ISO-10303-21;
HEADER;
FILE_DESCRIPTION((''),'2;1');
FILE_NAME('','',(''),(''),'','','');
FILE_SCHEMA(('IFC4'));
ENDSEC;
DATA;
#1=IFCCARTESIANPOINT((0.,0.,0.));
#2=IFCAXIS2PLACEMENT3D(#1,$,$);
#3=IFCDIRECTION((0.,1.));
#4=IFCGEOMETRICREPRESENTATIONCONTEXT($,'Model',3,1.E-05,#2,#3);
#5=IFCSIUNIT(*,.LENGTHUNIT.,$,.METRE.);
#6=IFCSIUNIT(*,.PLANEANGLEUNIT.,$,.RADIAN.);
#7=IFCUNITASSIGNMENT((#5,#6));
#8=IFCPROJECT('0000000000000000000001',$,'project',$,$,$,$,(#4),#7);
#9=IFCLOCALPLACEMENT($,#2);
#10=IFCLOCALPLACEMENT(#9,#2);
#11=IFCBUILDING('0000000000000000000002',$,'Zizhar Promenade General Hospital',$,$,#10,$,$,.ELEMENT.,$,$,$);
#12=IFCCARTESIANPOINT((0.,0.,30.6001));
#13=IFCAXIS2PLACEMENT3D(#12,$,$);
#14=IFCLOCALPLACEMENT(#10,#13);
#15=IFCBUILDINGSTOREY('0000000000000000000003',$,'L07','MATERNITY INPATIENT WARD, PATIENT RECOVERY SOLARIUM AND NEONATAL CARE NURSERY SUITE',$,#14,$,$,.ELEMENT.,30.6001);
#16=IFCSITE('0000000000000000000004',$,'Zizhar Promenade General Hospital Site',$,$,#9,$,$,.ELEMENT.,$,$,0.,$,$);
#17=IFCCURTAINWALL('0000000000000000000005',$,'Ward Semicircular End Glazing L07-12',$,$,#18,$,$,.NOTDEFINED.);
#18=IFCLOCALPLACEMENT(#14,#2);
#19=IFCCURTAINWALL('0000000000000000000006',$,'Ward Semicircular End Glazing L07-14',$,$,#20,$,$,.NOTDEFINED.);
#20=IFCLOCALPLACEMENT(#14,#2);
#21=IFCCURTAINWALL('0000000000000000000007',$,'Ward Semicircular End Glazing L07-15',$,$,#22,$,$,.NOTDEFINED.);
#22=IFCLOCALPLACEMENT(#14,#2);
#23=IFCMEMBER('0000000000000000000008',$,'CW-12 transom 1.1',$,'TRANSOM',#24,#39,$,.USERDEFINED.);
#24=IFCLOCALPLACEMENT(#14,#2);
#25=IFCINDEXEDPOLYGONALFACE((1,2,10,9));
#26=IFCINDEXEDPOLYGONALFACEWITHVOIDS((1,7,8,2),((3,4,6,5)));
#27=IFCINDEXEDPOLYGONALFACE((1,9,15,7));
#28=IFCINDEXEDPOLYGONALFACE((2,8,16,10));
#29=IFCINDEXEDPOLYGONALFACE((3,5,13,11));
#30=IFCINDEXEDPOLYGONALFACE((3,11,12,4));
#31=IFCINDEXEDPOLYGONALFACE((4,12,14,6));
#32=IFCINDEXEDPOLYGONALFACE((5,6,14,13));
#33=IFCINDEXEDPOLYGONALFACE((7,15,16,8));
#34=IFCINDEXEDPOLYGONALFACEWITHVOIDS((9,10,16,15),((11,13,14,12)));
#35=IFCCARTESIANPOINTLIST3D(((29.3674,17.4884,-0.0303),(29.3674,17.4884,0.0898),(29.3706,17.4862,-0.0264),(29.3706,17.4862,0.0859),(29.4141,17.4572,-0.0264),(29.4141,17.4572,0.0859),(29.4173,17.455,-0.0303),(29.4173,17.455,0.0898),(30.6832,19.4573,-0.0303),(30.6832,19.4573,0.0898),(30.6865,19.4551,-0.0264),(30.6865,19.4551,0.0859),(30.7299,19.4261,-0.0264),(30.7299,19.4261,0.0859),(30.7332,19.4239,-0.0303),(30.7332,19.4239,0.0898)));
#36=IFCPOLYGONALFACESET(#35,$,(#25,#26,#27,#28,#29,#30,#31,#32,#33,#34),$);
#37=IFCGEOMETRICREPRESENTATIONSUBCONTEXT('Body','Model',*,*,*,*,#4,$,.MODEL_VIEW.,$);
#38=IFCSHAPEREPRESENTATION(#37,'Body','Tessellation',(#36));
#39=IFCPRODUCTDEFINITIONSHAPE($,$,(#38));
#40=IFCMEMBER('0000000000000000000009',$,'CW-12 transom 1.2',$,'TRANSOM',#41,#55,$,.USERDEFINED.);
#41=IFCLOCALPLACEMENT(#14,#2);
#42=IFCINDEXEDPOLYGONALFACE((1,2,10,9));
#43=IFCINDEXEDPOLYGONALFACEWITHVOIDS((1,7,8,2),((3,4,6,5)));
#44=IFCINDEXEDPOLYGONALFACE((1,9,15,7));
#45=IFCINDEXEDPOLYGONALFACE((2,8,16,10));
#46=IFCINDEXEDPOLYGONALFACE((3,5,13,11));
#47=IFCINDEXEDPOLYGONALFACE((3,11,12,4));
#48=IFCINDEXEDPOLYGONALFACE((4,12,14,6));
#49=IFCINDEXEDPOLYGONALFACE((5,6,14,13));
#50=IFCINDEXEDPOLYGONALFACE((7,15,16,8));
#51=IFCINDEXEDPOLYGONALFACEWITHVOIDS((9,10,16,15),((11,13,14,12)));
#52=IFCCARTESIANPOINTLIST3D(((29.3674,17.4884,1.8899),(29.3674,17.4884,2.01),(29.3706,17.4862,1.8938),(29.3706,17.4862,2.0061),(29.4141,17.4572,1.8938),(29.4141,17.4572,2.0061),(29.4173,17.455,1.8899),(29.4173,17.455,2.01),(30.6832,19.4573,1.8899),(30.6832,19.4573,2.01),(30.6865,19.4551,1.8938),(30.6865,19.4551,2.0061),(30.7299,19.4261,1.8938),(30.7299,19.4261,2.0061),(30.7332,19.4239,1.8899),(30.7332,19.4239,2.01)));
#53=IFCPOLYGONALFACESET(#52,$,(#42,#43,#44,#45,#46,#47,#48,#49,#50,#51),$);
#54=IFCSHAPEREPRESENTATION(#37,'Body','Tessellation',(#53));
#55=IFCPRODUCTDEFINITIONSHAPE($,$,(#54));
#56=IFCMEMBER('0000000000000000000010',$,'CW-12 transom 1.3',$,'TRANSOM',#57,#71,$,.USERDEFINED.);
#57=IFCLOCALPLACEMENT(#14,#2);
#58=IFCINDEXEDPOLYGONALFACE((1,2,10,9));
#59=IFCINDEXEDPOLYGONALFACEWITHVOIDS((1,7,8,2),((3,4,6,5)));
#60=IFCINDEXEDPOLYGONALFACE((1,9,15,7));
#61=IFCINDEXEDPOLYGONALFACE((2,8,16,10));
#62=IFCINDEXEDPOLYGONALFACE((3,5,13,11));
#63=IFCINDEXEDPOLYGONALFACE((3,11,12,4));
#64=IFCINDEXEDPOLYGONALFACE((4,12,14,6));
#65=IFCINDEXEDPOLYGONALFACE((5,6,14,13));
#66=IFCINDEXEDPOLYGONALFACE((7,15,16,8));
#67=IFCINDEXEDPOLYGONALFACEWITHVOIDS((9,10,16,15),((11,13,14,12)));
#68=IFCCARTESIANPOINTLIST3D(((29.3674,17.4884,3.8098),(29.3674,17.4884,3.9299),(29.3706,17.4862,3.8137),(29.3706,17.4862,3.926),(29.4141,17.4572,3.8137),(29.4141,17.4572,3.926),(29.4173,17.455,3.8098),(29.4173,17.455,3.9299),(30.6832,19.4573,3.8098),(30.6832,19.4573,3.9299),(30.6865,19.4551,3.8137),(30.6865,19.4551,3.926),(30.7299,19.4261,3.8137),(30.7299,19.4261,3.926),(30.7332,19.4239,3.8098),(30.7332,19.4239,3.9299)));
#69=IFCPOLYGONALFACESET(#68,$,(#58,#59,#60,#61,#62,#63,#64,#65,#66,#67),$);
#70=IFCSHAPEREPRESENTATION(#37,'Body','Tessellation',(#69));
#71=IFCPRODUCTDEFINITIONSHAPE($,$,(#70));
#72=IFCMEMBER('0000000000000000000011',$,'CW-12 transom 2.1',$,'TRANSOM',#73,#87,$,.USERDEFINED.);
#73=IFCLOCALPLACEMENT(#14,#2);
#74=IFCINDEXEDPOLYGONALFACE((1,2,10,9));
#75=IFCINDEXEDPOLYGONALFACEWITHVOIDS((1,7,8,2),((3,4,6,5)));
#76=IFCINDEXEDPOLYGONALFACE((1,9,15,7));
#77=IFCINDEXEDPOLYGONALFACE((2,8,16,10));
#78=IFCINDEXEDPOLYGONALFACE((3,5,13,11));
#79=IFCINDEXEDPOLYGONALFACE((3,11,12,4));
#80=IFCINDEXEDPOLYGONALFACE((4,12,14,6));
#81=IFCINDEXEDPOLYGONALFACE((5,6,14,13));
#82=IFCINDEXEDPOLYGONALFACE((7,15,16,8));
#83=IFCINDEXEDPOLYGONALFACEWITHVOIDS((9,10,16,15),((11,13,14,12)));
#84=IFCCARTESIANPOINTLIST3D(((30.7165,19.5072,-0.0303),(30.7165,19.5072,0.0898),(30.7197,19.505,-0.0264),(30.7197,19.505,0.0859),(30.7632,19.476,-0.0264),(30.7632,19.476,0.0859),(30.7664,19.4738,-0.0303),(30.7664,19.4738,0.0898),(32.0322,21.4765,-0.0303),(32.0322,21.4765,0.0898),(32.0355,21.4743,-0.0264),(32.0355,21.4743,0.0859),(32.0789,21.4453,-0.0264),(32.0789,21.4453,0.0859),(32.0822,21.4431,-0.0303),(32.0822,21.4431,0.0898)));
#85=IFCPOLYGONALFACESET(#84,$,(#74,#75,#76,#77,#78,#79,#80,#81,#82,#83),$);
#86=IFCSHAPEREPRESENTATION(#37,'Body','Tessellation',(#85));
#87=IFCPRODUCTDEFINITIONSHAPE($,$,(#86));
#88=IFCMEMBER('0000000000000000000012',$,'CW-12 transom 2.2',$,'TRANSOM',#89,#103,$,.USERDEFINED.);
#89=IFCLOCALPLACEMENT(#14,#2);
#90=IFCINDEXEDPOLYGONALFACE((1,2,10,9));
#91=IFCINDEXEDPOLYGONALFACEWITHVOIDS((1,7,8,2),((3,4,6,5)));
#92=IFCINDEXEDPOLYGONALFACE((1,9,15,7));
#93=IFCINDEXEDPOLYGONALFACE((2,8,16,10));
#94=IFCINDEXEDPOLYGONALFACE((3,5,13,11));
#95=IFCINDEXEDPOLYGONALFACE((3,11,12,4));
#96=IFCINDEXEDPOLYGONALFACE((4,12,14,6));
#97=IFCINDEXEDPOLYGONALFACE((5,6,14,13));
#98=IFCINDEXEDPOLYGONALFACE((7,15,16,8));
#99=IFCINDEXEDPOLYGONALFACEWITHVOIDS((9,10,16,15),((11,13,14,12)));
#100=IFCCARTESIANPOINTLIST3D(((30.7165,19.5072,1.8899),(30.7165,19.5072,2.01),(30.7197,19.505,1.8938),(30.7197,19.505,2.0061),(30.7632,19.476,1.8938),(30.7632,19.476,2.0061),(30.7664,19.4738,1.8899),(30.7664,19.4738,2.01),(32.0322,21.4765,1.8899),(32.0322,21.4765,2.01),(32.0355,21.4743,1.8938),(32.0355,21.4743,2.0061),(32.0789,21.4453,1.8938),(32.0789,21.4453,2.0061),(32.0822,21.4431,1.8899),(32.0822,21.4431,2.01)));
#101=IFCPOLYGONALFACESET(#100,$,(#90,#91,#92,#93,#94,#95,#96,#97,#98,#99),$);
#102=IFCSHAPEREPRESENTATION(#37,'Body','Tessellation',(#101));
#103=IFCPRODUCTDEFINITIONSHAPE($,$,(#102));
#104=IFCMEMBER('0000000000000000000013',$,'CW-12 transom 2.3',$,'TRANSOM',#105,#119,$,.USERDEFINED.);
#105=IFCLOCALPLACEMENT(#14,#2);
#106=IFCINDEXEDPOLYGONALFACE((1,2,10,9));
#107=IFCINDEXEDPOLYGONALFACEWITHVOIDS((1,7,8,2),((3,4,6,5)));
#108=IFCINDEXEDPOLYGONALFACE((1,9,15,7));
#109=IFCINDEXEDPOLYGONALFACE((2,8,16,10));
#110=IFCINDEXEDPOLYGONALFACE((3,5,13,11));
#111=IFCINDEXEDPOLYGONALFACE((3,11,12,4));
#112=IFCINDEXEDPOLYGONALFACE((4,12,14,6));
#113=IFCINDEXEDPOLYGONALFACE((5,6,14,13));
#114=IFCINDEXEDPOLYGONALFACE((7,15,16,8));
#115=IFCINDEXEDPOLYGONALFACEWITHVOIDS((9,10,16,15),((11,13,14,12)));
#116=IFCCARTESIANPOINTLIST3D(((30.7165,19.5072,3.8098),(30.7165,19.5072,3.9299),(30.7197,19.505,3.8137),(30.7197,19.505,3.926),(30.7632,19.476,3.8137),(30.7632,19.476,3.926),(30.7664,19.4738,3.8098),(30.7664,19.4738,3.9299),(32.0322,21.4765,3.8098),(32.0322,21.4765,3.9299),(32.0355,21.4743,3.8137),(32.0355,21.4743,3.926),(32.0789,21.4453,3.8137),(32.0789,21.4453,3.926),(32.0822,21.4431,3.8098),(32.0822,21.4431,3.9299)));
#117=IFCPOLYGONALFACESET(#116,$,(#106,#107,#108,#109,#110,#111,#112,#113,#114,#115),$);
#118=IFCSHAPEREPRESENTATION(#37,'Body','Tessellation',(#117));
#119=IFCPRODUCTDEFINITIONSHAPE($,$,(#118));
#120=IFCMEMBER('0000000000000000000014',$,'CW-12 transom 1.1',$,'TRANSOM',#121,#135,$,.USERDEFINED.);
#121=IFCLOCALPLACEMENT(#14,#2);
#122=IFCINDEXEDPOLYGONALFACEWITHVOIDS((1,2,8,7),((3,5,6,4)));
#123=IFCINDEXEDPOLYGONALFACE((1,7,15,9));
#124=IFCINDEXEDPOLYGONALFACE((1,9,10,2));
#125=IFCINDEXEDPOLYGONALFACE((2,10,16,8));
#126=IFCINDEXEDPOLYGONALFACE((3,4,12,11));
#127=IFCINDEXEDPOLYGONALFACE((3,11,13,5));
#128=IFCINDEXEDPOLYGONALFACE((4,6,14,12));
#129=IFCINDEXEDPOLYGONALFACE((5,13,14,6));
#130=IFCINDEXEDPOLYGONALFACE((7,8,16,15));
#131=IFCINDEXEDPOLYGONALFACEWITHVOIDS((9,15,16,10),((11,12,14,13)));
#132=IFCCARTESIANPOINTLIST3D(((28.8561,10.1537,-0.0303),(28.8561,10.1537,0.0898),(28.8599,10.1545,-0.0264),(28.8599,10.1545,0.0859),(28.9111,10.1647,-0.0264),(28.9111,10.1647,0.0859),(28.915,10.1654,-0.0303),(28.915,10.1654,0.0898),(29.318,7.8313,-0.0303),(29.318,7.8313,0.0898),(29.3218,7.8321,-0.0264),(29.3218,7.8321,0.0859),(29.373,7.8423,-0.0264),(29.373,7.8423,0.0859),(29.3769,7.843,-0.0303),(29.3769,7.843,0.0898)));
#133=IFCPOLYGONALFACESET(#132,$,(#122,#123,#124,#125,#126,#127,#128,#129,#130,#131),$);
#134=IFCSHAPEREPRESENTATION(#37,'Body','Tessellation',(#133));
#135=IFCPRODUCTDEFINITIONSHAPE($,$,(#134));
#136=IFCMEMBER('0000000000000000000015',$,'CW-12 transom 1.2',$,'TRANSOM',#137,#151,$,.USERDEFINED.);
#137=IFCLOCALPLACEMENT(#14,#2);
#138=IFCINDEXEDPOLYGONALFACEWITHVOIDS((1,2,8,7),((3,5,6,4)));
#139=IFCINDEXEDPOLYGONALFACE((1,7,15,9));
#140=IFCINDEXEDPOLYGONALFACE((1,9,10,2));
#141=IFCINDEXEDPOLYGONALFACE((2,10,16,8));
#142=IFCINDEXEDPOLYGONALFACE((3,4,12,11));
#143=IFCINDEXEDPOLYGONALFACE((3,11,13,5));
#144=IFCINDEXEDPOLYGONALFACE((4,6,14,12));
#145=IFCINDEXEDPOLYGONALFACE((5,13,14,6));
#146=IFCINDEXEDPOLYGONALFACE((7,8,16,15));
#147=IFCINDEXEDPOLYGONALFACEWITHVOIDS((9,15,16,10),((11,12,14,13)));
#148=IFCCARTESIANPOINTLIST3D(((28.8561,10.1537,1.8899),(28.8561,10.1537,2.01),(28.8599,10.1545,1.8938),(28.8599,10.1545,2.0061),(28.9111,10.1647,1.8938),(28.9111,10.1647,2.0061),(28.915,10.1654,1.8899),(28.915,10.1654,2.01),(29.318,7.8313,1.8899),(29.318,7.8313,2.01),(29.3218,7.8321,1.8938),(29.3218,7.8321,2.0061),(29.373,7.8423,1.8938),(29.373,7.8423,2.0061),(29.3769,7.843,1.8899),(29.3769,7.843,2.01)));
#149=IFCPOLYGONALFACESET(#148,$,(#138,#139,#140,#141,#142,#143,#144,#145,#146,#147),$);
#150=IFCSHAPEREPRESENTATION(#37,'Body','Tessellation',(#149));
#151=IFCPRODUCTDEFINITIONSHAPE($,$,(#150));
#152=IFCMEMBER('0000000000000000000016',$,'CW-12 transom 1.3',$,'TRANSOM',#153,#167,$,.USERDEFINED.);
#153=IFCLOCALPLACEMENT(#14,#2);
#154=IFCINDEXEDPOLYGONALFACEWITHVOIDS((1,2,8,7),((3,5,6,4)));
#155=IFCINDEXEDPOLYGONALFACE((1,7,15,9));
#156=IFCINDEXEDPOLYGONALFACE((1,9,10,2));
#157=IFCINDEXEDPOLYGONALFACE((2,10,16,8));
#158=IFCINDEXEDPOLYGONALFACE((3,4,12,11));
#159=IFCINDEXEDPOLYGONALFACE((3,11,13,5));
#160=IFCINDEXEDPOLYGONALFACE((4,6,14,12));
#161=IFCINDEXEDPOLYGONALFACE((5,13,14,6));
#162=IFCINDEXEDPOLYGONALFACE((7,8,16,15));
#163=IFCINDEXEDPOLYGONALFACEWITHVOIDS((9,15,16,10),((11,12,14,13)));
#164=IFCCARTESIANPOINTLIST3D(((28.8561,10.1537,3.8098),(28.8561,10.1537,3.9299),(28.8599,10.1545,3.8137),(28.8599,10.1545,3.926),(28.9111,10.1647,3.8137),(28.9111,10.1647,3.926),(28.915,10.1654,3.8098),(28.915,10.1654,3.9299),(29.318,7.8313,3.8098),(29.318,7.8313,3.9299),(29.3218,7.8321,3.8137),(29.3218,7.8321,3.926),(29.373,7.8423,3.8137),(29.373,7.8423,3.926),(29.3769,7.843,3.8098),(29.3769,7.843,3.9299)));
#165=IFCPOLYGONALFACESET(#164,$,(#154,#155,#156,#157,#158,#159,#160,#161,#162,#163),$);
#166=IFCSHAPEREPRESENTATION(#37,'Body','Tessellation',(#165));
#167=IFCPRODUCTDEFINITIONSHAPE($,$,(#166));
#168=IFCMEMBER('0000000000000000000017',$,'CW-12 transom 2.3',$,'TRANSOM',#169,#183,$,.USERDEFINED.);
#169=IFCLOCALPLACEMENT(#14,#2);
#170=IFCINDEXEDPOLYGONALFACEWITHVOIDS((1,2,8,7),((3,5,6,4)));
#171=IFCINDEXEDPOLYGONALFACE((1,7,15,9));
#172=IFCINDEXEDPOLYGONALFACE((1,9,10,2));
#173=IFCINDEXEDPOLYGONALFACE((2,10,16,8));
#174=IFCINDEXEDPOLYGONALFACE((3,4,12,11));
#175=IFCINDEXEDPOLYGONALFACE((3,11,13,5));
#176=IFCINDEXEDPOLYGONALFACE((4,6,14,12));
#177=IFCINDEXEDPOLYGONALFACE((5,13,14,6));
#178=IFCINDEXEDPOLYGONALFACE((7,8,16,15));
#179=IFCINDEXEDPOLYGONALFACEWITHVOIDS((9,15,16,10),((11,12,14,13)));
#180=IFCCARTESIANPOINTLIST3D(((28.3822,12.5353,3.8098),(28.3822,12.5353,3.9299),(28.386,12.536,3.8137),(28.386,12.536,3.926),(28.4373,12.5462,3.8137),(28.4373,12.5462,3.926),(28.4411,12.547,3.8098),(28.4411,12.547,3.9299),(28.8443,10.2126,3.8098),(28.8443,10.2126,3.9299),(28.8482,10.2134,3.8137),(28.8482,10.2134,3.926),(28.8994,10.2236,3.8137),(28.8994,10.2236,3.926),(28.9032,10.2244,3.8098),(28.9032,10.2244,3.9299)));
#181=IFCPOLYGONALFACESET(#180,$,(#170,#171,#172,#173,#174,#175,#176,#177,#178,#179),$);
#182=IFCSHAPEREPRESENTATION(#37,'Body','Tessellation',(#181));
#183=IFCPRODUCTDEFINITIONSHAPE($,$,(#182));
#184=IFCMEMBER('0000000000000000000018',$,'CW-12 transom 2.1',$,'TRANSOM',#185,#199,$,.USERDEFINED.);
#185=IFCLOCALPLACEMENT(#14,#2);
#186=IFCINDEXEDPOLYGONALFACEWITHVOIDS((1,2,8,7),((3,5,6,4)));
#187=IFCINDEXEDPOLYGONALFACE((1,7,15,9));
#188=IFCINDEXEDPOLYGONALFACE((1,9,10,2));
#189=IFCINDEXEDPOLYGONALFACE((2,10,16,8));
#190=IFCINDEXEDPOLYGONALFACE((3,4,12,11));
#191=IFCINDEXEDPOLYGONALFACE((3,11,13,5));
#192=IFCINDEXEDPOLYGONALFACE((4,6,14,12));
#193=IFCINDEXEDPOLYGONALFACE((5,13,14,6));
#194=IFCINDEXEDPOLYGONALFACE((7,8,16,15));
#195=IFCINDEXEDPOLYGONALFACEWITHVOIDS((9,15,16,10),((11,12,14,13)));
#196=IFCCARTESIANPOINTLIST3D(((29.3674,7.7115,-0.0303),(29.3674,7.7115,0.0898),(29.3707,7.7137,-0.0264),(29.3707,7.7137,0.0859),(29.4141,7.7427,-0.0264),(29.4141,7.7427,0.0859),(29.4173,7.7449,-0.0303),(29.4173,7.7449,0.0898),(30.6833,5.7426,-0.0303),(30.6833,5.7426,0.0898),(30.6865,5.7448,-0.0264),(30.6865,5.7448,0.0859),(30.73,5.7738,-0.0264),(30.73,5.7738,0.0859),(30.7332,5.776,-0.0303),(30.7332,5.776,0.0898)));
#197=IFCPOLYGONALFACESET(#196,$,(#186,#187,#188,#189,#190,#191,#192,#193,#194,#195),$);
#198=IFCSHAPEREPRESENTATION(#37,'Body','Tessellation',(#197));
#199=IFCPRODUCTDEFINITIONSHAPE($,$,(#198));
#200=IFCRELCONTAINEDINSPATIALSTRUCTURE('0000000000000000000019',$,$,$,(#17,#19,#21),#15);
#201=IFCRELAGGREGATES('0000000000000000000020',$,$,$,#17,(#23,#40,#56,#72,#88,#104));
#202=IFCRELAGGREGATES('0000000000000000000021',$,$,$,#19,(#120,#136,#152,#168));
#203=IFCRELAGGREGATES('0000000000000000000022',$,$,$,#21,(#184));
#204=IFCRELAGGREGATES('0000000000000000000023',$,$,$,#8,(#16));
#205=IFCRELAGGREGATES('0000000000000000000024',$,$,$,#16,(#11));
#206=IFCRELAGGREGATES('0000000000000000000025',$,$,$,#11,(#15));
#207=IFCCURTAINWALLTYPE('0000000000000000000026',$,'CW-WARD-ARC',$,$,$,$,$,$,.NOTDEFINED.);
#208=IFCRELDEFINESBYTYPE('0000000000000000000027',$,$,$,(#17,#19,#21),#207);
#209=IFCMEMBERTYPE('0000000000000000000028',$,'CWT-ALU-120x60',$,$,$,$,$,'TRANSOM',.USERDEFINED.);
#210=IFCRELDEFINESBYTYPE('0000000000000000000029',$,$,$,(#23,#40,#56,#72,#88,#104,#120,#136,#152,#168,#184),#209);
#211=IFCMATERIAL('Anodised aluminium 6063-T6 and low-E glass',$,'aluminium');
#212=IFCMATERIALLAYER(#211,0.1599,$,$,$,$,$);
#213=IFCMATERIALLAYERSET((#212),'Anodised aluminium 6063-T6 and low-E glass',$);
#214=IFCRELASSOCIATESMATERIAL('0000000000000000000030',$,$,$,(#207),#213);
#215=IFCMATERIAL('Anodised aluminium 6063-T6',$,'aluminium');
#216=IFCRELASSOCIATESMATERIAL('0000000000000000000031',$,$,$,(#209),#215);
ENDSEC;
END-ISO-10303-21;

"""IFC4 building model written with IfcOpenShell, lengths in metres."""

from ifc_helpers import new_model, si_unit, direction, frame, origin, origin_2d, place, context, subcontext, project, spatial, hollow_rectangle, extrude, material, layer, layer_set, material_profile, profile_set, type_object, element, aggregate, save


model = new_model("IFC4")

# Units and contexts
model_context = context("Model", 3, precision=1e-05, world=origin(), true_north=direction((0.0, 1.0)))
body_context = subcontext(model_context, "Body", "Model", "MODEL_VIEW")
ifc_project = project(units=[si_unit("LENGTHUNIT", "METRE"), si_unit("PLANEANGLEUNIT", "RADIAN")], contexts=[model_context])

# Site, building, storey
site_placement = place(None, origin())
site = spatial("IfcSite", under=ifc_project, at=site_placement, Name="Zizhar Promenade General Hospital Site", CompositionType="ELEMENT", RefElevation=0.0)
building_placement = place(site_placement, origin())
building = spatial("IfcBuilding", under=site, at=building_placement, Name="Zizhar Promenade General Hospital", CompositionType="ELEMENT")
storey_placement = place(building_placement, frame((0.0, 0.0, 30.6001)))
storey = spatial("IfcBuildingStorey", under=building, at=storey_placement, Name="L07", Description="MATERNITY INPATIENT WARD, PATIENT RECOVERY SOLARIUM AND NEONATAL CARE NURSERY SUITE", CompositionType="ELEMENT", Elevation=30.6001)

# Curtain walls
ifc_material_1 = material(Name="Anodised aluminium 6063-T6 and low-E glass", Category="aluminium")
ifc_layer_1 = layer(ifc_material_1, 0.1599)
ifc_layer_set_1 = layer_set([ifc_layer_1], Name="Anodised aluminium 6063-T6 and low-E glass")
curtain_wall_type = type_object("IfcCurtainWallType", Name="CW-WARD-ARC", PredefinedType="NOTDEFINED", material=ifc_layer_set_1)
curtain_wall_1_placement = place(storey_placement, origin())
curtain_wall_1 = element("IfcCurtainWall", 1, at=curtain_wall_1_placement, inside=storey, type_object=curtain_wall_type, Name="Ward Semicircular End Glazing L07-12", PredefinedType="NOTDEFINED")
curtain_wall_2_placement = place(storey_placement, origin())
curtain_wall_2 = element("IfcCurtainWall", 2, at=curtain_wall_2_placement, inside=storey, type_object=curtain_wall_type, Name="Ward Semicircular End Glazing L07-14", PredefinedType="NOTDEFINED")
curtain_wall_3_placement = place(storey_placement, origin())
curtain_wall_3 = element("IfcCurtainWall", 3, at=curtain_wall_3_placement, inside=storey, type_object=curtain_wall_type, Name="Ward Semicircular End Glazing L07-15", PredefinedType="NOTDEFINED")

# Members
ifc_material_2 = material(Name="Anodised aluminium 6063-T6", Category="aluminium")
ifc_material_profile_1 = material_profile(ifc_material_2, hollow_rectangle(XDim=0.0601, YDim=0.1201, WallThickness=0.0039, at=origin_2d()))
ifc_profile_set_1 = profile_set([ifc_material_profile_1], Name="Anodised aluminium 6063-T6")
member_type_1 = type_object("IfcMemberType", Name="CWT-ALU-120x60", ElementType="TRANSOM", PredefinedType="USERDEFINED", material=ifc_profile_set_1)
member_1_placement = place(storey_placement, frame((29.3923, 17.4717, 0.0298), z_axis=(0.555651, 0.831415, 0.0), x_axis=(-0.831415, 0.555651, 0.0)))
member_1 = element("IfcMember", 4, at=member_1_placement, type_object=member_type_1, Name="CW-12 transom 1.1", ObjectType="TRANSOM", PredefinedType="USERDEFINED", context=body_context, shape_type="SweptSolid", body=[
    extrude(hollow_rectangle(XDim=0.0601, YDim=0.1201, WallThickness=0.0039, at=origin_2d()), origin(), (0.0, 0.0, 1.0), 2.3682),
])
member_2_placement = place(storey_placement, frame((29.3923, 17.4717, 1.95), z_axis=(0.555651, 0.831415, 0.0), x_axis=(-0.831415, 0.555651, 0.0)))
member_2 = element("IfcMember", 5, at=member_2_placement, type_object=member_type_1, Name="CW-12 transom 1.2", ObjectType="TRANSOM", PredefinedType="USERDEFINED", context=body_context, shape_type="SweptSolid", body=[
    extrude(hollow_rectangle(XDim=0.0601, YDim=0.1201, WallThickness=0.0039, at=origin_2d()), origin(), (0.0, 0.0, 1.0), 2.3682),
])
member_3_placement = place(storey_placement, frame((29.3923, 17.4717, 3.8699), z_axis=(0.555651, 0.831415, 0.0), x_axis=(-0.831415, 0.555651, 0.0)))
member_3 = element("IfcMember", 6, at=member_3_placement, type_object=member_type_1, Name="CW-12 transom 1.3", ObjectType="TRANSOM", PredefinedType="USERDEFINED", context=body_context, shape_type="SweptSolid", body=[
    extrude(hollow_rectangle(XDim=0.0601, YDim=0.1201, WallThickness=0.0039, at=origin_2d()), origin(), (0.0, 0.0, 1.0), 2.3682),
])
member_4_placement = place(storey_placement, frame((30.7415, 19.4905, 0.0298), z_axis=(0.555533, 0.831495, 0.0), x_axis=(-0.831495, 0.555533, 0.0)))
member_4 = element("IfcMember", 7, at=member_4_placement, type_object=member_type_1, Name="CW-12 transom 2.1", ObjectType="TRANSOM", PredefinedType="USERDEFINED", context=body_context, shape_type="SweptSolid", body=[
    extrude(hollow_rectangle(XDim=0.0601, YDim=0.1201, WallThickness=0.0039, at=origin_2d()), origin(), (0.0, 0.0, 1.0), 2.3684),
])
member_5_placement = place(storey_placement, frame((30.7415, 19.4905, 1.95), z_axis=(0.555533, 0.831495, 0.0), x_axis=(-0.831495, 0.555533, 0.0)))
member_5 = element("IfcMember", 8, at=member_5_placement, type_object=member_type_1, Name="CW-12 transom 2.2", ObjectType="TRANSOM", PredefinedType="USERDEFINED", context=body_context, shape_type="SweptSolid", body=[
    extrude(hollow_rectangle(XDim=0.0601, YDim=0.1201, WallThickness=0.0039, at=origin_2d()), origin(), (0.0, 0.0, 1.0), 2.3684),
])
member_6_placement = place(storey_placement, frame((30.7415, 19.4905, 3.8699), z_axis=(0.555533, 0.831495, 0.0), x_axis=(-0.831495, 0.555533, 0.0)))
member_6 = element("IfcMember", 9, at=member_6_placement, type_object=member_type_1, Name="CW-12 transom 2.3", ObjectType="TRANSOM", PredefinedType="USERDEFINED", context=body_context, shape_type="SweptSolid", body=[
    extrude(hollow_rectangle(XDim=0.0601, YDim=0.1201, WallThickness=0.0039, at=origin_2d()), origin(), (0.0, 0.0, 1.0), 2.3684),
])
member_7_placement = place(storey_placement, frame((29.3474, 7.8372, 0.0298), z_axis=(-0.195065, 0.98079, 0.0), x_axis=(-0.98079, -0.195065, 0.0)))
member_7 = element("IfcMember", 10, at=member_7_placement, type_object=member_type_1, Name="CW-12 transom 1.1", ObjectType="TRANSOM", PredefinedType="USERDEFINED", context=body_context, shape_type="SweptSolid", body=[
    extrude(hollow_rectangle(XDim=0.0601, YDim=0.1201, WallThickness=0.0039, at=origin_2d()), origin(), (0.0, 0.0, 1.0), 2.3679),
])
member_8_placement = place(storey_placement, frame((29.3474, 7.8372, 1.95), z_axis=(-0.195065, 0.98079, 0.0), x_axis=(-0.98079, -0.195065, 0.0)))
member_8 = element("IfcMember", 11, at=member_8_placement, type_object=member_type_1, Name="CW-12 transom 1.2", ObjectType="TRANSOM", PredefinedType="USERDEFINED", context=body_context, shape_type="SweptSolid", body=[
    extrude(hollow_rectangle(XDim=0.0601, YDim=0.1201, WallThickness=0.0039, at=origin_2d()), origin(), (0.0, 0.0, 1.0), 2.3679),
])
member_9_placement = place(storey_placement, frame((29.3474, 7.8372, 3.8699), z_axis=(-0.195065, 0.98079, 0.0), x_axis=(-0.98079, -0.195065, 0.0)))
member_9 = element("IfcMember", 12, at=member_9_placement, type_object=member_type_1, Name="CW-12 transom 1.3", ObjectType="TRANSOM", PredefinedType="USERDEFINED", context=body_context, shape_type="SweptSolid", body=[
    extrude(hollow_rectangle(XDim=0.0601, YDim=0.1201, WallThickness=0.0039, at=origin_2d()), origin(), (0.0, 0.0, 1.0), 2.3679),
])
member_10_placement = place(storey_placement, frame((28.8738, 10.2185, 3.8699), z_axis=(-0.195145, 0.980774, 0.0), x_axis=(-0.980774, -0.195145, 0.0)))
member_10 = element("IfcMember", 13, at=member_10_placement, type_object=member_type_1, Name="CW-12 transom 2.3", ObjectType="TRANSOM", PredefinedType="USERDEFINED", context=body_context, shape_type="SweptSolid", body=[
    extrude(hollow_rectangle(XDim=0.0601, YDim=0.1201, WallThickness=0.0039, at=origin_2d()), origin(), (0.0, 0.0, 1.0), 2.3682),
])
member_11_placement = place(storey_placement, frame((30.7083, 5.7593, 0.0298), z_axis=(-0.555651, 0.831415, 0.0), x_axis=(-0.831415, -0.555651, 0.0)))
member_11 = element("IfcMember", 14, at=member_11_placement, type_object=member_type_1, Name="CW-12 transom 2.1", ObjectType="TRANSOM", PredefinedType="USERDEFINED", context=body_context, shape_type="SweptSolid", body=[
    extrude(hollow_rectangle(XDim=0.0601, YDim=0.1201, WallThickness=0.0039, at=origin_2d()), origin(), (0.0, 0.0, 1.0), 2.3682),
])

aggregate(curtain_wall_1, [member_1, member_2, member_3, member_4, member_5, member_6])
aggregate(curtain_wall_2, [member_7, member_8, member_9, member_10])
aggregate(curtain_wall_3, [member_11])

save(model, "model.ifc")
